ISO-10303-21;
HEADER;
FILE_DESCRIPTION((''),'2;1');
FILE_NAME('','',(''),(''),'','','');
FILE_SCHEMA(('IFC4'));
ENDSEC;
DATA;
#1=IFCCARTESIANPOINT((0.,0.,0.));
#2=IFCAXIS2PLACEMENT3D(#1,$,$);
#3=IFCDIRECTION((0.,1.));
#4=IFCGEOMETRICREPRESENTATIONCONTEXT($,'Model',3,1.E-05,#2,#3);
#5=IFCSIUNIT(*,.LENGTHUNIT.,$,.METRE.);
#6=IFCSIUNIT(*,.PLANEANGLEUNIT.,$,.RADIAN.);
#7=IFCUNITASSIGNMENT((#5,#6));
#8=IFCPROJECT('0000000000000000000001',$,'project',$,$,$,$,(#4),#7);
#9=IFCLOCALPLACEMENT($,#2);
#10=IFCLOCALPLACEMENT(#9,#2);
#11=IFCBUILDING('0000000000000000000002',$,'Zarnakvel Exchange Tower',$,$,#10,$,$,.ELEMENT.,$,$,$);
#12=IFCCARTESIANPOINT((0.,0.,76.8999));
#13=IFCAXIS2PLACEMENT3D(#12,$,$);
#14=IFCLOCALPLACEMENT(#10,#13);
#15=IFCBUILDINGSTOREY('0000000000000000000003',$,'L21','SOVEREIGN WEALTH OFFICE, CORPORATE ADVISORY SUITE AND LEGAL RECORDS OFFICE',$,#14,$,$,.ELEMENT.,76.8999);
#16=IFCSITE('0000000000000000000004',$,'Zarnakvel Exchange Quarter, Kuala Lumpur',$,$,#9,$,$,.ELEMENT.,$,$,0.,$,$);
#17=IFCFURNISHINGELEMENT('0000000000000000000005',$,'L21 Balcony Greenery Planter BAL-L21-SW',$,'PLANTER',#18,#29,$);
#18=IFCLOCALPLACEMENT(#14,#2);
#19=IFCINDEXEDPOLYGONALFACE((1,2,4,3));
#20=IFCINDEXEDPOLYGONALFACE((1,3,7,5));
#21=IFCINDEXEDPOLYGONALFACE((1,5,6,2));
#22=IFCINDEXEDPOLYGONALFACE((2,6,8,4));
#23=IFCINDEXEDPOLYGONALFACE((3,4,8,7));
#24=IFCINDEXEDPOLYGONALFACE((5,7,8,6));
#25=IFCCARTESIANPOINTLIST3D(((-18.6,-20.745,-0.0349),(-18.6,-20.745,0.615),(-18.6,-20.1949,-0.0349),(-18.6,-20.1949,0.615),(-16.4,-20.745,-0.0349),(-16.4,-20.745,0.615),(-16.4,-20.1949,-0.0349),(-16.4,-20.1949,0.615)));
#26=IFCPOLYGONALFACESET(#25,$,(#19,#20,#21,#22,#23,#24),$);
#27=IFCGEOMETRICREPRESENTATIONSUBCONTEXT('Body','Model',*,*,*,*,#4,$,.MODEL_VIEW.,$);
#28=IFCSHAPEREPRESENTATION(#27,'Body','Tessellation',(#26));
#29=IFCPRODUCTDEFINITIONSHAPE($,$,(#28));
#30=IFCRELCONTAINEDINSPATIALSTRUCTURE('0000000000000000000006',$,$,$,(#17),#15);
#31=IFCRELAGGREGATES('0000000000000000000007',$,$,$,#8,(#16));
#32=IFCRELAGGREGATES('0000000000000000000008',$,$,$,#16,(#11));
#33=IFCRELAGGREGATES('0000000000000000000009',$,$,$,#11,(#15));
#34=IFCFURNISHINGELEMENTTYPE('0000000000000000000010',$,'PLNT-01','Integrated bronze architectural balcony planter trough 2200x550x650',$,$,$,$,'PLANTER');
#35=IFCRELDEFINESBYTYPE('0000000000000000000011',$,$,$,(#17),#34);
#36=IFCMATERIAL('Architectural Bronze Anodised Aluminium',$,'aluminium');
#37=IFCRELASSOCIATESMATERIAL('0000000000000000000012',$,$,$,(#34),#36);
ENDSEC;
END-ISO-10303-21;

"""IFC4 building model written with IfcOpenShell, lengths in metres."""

from ifc_helpers import new_model, si_unit, direction, frame, origin, origin_2d, place, context, subcontext, project, spatial, rectangle, extrude, source, transform, mapped, material, type_object, element, save


model = new_model("IFC4")

# Units and contexts
model_context = context("Model", 3, precision=1e-05, world=origin(), true_north=direction((0.0, 1.0)))
body_context = subcontext(model_context, "Body", "Model", "MODEL_VIEW")
ifc_project = project(units=[si_unit("LENGTHUNIT", "METRE"), si_unit("PLANEANGLEUNIT", "RADIAN")], contexts=[model_context])

# Site, building, storey
site_placement = place(None, origin())
site = spatial("IfcSite", under=ifc_project, at=site_placement, Name="Zarnakvel Exchange Quarter, Kuala Lumpur", CompositionType="ELEMENT", RefElevation=0.0)
building_placement = place(site_placement, origin())
building = spatial("IfcBuilding", under=site, at=building_placement, Name="Zarnakvel Exchange Tower", CompositionType="ELEMENT")
storey_placement = place(building_placement, frame((0.0, 0.0, 76.8999)))
storey = spatial("IfcBuildingStorey", under=building, at=storey_placement, Name="L21", Description="SOVEREIGN WEALTH OFFICE, CORPORATE ADVISORY SUITE AND LEGAL RECORDS OFFICE", CompositionType="ELEMENT", Elevation=76.8999)

# Shared definitions
ifc_material_1 = material(Name="Architectural Bronze Anodised Aluminium", Category="aluminium")

# Furnishing element
furnishing_element_type = type_object("IfcFurnishingElementType", Name="PLNT-01", Description="Integrated bronze architectural balcony planter trough 2200x550x650", ElementType="PLANTER", material=ifc_material_1)
shared_shape_1 = source(origin(), body_context, "Body", "SweptSolid", [
    extrude(rectangle(XDim=2.2, YDim=0.55, at=origin_2d()), origin(), (0.0, 0.0, 1.0), 0.6499),
])
furnishing_placement = place(storey_placement, frame((-17.5, -20.47, -0.0349), z_axis=(0.0, 0.0, 1.0), x_axis=(1.0, 0.0, 0.0)))
element("IfcFurnishingElement", 1, at=furnishing_placement, inside=storey, type_object=furnishing_element_type, Name="L21 Balcony Greenery Planter BAL-L21-SW", ObjectType="PLANTER", context=body_context, shape_type="MappedRepresentation", body=[
    mapped(shared_shape_1, transform((0.0, 0.0, 0.0), x_axis=(1.0, 0.0, 0.0), y_axis=(0.0, 1.0, 0.0), z_axis=(0.0, 0.0, 1.0), scale=1.0)),
])

save(model, "model.ifc")
